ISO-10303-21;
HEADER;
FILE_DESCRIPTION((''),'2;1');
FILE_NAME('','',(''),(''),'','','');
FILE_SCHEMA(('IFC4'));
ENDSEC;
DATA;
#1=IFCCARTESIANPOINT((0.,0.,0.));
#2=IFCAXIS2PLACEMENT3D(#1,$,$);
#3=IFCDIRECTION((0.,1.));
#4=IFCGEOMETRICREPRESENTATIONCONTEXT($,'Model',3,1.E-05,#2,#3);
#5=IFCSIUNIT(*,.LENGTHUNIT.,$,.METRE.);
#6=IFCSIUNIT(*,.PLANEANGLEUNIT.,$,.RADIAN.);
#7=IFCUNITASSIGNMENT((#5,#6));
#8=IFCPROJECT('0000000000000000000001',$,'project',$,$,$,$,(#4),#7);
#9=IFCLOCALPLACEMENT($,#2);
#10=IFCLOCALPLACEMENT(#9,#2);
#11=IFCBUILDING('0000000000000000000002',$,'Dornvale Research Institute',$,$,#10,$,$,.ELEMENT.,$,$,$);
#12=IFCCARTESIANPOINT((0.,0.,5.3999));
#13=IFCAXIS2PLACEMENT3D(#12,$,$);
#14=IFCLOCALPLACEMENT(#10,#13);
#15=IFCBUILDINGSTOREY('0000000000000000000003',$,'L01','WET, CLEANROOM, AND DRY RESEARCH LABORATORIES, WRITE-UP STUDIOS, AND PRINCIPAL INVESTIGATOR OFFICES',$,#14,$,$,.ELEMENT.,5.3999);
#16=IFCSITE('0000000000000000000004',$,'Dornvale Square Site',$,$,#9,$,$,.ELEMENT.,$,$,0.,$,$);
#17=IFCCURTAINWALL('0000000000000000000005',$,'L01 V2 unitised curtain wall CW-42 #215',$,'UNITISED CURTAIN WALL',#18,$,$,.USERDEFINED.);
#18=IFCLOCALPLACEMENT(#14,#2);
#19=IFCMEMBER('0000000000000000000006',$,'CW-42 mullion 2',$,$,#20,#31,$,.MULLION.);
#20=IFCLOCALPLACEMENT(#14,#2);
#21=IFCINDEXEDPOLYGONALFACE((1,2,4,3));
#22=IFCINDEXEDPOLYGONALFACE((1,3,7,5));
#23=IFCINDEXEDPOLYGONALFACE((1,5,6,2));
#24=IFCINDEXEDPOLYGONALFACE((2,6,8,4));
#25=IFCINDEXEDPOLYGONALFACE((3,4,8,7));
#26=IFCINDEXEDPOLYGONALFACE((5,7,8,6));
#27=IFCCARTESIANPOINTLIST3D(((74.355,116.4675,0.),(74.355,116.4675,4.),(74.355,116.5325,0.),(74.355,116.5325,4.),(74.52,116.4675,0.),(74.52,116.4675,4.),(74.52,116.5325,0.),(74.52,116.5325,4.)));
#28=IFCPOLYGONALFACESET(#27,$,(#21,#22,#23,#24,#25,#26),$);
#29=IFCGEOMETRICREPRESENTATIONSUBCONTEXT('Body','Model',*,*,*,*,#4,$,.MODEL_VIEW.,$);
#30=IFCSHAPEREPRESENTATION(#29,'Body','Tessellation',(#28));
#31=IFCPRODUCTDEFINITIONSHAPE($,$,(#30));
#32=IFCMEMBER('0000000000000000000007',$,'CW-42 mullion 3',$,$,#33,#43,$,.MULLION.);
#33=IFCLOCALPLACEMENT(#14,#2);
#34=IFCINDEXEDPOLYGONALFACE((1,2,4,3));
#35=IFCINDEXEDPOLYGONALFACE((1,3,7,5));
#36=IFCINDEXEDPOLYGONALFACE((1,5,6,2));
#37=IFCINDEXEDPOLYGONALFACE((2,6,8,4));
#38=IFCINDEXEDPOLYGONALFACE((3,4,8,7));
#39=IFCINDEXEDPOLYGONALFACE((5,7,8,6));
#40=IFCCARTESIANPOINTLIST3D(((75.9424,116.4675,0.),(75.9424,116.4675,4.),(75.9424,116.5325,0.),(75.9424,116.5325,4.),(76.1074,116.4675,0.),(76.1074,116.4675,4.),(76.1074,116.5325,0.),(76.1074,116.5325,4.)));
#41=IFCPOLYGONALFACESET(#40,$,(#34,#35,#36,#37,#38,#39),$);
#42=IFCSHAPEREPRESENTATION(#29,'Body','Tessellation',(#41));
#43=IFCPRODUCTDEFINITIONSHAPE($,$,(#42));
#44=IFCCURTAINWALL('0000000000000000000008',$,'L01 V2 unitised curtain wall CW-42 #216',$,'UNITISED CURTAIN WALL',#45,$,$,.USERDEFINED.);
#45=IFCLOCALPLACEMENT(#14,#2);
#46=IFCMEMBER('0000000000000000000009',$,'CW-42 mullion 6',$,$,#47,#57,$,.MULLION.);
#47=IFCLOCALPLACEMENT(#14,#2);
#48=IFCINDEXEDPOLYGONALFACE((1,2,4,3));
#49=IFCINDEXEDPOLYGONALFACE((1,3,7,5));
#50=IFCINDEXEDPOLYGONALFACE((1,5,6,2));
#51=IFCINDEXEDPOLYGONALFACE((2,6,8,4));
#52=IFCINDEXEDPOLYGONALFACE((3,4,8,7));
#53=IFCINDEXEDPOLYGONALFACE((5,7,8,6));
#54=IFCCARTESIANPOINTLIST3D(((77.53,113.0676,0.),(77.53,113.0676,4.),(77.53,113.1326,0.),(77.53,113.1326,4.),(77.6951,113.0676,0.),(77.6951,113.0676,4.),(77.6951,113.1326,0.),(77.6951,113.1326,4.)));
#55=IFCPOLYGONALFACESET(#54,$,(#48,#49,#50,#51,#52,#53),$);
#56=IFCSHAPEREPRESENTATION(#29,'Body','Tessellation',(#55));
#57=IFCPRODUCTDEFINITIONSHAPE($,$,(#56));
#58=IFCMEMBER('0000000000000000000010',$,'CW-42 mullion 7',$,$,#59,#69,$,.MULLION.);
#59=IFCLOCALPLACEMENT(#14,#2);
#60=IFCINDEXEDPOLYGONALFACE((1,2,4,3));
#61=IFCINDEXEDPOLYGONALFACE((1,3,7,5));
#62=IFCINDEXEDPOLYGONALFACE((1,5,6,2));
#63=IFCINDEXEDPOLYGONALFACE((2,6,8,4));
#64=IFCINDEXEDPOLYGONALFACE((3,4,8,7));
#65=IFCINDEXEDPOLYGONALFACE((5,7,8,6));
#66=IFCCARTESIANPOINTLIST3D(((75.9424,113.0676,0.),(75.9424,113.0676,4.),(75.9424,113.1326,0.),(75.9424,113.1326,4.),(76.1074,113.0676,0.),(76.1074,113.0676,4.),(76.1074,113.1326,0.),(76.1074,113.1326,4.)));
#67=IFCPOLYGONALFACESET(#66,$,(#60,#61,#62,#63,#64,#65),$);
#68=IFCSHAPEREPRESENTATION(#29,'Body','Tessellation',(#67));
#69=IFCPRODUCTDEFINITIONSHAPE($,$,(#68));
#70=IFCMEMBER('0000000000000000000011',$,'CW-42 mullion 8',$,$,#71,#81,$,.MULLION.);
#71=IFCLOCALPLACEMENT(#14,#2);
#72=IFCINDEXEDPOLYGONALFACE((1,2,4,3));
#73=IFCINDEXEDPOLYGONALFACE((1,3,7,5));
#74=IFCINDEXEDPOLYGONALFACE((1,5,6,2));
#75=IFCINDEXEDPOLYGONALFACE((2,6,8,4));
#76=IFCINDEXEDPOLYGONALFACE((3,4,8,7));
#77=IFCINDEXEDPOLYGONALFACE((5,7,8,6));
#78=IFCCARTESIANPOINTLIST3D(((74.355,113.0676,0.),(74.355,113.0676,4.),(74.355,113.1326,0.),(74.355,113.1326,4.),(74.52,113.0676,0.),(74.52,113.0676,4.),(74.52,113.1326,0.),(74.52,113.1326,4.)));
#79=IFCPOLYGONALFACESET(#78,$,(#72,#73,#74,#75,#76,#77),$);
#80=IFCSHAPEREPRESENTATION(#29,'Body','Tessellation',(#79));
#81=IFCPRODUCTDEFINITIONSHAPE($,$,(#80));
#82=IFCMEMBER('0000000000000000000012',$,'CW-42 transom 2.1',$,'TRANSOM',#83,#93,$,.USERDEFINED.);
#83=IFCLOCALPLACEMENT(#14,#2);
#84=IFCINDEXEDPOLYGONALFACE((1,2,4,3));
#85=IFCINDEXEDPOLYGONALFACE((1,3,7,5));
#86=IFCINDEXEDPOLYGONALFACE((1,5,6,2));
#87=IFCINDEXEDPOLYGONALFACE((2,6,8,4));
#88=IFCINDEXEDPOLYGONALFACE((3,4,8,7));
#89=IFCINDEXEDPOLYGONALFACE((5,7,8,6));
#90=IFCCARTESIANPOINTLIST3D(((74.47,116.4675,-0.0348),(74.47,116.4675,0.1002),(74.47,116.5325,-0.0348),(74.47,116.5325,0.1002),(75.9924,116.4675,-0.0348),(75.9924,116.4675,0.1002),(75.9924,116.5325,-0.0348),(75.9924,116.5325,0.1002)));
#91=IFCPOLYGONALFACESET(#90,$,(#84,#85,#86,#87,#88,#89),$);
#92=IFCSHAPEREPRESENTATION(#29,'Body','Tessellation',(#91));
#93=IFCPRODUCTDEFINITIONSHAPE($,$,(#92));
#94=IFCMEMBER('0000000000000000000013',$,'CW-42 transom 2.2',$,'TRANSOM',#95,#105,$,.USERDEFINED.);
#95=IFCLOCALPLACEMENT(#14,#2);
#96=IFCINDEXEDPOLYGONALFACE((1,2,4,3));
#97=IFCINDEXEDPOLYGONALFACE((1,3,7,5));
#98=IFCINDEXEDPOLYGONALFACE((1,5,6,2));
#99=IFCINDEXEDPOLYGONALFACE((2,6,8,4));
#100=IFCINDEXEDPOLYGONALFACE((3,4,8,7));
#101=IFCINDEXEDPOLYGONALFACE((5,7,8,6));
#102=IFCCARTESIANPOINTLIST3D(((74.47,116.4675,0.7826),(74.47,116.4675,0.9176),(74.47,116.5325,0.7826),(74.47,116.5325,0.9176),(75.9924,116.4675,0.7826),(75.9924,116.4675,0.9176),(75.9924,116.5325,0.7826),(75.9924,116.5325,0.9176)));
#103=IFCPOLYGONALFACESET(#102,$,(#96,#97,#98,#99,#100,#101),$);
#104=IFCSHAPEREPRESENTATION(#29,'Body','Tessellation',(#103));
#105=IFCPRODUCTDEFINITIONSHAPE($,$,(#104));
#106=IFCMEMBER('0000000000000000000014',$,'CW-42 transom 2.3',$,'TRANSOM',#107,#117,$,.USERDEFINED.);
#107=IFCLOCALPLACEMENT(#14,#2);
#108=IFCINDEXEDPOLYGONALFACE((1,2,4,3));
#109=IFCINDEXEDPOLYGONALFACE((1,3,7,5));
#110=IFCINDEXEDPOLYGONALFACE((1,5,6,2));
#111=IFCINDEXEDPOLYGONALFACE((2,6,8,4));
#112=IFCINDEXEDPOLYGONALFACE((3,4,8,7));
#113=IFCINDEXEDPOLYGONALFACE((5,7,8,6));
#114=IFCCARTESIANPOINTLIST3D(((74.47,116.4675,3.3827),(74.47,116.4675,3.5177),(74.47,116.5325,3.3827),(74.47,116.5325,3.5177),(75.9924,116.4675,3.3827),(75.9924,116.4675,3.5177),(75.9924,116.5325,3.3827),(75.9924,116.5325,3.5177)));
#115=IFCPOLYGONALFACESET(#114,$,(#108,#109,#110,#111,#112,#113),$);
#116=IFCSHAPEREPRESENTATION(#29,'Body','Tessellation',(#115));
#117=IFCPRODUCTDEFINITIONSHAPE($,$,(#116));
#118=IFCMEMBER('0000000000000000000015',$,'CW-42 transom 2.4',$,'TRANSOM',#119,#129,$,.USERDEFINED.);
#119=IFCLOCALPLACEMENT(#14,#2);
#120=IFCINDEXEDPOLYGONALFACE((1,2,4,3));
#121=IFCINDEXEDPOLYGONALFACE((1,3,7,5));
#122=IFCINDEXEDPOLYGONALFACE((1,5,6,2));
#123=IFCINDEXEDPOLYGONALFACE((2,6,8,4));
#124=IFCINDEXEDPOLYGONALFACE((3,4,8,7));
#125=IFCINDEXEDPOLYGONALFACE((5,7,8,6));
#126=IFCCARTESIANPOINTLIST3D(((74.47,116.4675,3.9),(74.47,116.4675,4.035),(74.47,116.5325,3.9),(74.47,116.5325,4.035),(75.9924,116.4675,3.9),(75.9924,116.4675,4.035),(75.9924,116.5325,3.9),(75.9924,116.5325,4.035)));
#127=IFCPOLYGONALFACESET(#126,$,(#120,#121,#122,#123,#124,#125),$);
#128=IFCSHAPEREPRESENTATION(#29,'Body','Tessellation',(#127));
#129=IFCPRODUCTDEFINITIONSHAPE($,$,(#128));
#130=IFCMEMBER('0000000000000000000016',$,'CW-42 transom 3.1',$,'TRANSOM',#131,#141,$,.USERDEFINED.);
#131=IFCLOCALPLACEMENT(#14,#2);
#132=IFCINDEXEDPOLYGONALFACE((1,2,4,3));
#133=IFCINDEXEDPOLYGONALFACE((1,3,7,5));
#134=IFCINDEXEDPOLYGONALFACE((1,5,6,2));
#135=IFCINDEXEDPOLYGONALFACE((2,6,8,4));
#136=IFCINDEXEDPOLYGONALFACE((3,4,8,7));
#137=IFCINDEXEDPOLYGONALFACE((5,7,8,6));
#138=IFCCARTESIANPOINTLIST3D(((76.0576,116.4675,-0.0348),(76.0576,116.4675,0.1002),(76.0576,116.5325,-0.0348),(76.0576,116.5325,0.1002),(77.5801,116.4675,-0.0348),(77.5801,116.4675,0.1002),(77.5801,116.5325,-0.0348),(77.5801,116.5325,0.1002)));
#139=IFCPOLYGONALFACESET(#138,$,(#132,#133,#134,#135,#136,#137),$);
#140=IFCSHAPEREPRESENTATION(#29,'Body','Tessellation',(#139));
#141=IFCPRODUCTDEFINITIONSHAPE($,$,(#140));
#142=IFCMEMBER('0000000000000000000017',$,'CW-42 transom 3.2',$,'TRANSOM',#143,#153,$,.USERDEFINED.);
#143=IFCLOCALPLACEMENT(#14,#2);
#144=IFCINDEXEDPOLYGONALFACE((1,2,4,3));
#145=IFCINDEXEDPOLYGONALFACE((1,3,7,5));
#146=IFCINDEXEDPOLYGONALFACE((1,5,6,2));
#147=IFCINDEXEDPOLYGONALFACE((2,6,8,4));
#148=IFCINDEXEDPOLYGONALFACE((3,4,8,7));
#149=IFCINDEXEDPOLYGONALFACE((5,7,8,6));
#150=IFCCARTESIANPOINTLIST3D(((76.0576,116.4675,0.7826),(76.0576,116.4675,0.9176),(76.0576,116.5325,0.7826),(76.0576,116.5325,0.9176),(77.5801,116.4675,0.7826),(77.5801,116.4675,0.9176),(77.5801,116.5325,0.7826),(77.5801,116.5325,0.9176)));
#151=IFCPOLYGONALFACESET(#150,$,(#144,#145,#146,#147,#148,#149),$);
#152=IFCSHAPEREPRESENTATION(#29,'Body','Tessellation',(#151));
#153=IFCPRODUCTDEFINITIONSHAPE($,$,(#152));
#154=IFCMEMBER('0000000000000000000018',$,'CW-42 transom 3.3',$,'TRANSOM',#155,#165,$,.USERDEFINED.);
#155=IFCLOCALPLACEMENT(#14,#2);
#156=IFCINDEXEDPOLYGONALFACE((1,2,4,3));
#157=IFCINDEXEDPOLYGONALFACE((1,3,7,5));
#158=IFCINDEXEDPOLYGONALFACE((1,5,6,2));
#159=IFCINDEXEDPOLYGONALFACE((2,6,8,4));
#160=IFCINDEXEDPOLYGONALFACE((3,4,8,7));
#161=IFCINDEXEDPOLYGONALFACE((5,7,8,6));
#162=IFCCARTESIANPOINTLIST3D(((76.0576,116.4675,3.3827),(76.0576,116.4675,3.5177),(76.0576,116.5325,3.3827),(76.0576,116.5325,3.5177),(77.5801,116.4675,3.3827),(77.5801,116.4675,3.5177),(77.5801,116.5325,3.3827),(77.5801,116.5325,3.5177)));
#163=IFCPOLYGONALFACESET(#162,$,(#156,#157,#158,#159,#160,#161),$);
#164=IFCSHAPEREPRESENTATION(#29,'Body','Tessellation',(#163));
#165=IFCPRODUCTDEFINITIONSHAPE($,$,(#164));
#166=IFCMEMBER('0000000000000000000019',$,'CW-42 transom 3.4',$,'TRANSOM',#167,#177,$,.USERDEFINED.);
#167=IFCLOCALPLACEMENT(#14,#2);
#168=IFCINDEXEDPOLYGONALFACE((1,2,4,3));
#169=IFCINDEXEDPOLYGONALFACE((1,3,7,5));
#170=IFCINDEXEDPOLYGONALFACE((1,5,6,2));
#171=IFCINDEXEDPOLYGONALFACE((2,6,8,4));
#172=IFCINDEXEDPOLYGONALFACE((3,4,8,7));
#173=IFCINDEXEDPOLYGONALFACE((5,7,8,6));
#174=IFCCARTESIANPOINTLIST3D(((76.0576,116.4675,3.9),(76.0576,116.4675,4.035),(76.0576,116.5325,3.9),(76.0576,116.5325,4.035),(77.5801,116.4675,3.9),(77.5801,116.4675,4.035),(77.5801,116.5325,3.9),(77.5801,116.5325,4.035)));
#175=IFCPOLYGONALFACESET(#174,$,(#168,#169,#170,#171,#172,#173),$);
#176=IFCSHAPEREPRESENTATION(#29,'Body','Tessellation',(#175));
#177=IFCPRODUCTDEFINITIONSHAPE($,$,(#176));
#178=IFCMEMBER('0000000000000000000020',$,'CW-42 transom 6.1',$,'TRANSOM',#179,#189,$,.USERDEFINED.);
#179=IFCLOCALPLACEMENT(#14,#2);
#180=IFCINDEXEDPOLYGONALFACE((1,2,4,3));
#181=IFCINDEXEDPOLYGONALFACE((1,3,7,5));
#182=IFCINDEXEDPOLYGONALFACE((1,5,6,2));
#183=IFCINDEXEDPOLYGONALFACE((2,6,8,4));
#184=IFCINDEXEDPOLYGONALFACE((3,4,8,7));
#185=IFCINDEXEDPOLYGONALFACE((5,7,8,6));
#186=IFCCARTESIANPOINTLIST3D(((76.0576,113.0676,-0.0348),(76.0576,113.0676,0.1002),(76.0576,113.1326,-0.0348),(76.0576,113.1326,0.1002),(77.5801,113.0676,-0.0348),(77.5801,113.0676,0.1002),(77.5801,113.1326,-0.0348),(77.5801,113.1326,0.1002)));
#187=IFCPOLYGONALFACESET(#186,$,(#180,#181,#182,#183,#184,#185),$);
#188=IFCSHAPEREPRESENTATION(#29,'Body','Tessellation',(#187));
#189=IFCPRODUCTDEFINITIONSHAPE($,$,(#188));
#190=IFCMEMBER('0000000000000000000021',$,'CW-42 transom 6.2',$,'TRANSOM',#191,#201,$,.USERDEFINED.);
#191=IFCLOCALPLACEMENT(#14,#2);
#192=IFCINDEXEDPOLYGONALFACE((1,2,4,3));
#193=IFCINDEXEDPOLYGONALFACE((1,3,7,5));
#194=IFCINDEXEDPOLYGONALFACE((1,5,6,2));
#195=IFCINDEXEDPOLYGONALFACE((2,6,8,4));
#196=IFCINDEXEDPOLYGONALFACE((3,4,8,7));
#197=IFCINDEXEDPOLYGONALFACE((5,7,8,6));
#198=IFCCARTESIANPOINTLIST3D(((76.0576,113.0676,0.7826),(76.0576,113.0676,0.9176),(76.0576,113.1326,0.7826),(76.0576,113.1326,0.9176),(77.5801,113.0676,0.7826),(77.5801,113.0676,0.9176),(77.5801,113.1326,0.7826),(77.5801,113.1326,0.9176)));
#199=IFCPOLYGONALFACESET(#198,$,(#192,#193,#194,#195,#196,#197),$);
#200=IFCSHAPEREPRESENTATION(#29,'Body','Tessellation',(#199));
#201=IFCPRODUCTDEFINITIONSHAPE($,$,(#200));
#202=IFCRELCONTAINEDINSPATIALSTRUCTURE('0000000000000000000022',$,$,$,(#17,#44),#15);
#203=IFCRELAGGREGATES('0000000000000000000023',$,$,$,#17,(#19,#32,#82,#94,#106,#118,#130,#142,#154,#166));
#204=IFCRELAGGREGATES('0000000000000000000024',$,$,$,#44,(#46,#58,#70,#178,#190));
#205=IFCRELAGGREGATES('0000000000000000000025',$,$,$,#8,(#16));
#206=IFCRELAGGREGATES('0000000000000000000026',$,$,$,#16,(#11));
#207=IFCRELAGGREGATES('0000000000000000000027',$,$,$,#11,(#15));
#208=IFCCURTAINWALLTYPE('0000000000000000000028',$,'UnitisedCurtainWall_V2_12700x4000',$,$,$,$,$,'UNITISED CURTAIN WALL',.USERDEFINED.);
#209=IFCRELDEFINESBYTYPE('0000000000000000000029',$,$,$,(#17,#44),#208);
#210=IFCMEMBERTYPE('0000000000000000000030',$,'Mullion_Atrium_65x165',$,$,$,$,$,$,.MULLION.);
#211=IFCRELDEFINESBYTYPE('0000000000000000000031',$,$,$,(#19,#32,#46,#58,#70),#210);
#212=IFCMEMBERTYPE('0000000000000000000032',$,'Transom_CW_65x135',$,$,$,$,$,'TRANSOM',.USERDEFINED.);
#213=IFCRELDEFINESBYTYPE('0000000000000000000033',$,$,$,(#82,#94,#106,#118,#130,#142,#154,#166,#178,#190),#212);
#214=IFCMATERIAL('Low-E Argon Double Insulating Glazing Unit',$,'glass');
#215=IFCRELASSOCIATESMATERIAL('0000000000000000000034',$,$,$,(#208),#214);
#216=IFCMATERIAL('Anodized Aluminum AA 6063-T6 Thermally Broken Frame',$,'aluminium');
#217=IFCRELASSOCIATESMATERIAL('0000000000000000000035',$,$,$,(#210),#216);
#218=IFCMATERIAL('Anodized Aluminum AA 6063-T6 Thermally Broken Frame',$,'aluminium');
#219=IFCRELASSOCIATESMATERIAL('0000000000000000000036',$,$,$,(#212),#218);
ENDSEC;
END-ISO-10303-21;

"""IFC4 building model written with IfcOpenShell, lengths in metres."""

from ifc_helpers import new_model, si_unit, direction, frame, origin, origin_2d, place, context, subcontext, project, spatial, rectangle, extrude, material, material_profile, profile_set, type_object, element, aggregate, save


model = new_model("IFC4")

# Units and contexts
model_context = context("Model", 3, precision=1e-05, world=origin(), true_north=direction((0.0, 1.0)))
body_context = subcontext(model_context, "Body", "Model", "MODEL_VIEW")
ifc_project = project(units=[si_unit("LENGTHUNIT", "METRE"), si_unit("PLANEANGLEUNIT", "RADIAN")], contexts=[model_context])

# Site, building, storey
site_placement = place(None, origin())
site = spatial("IfcSite", under=ifc_project, at=site_placement, Name="Dornvale Square Site", CompositionType="ELEMENT", RefElevation=0.0)
building_placement = place(site_placement, origin())
building = spatial("IfcBuilding", under=site, at=building_placement, Name="Dornvale Research Institute", CompositionType="ELEMENT")
storey_placement = place(building_placement, frame((0.0, 0.0, 5.3999)))
storey = spatial("IfcBuildingStorey", under=building, at=storey_placement, Name="L01", Description="WET, CLEANROOM, AND DRY RESEARCH LABORATORIES, WRITE-UP STUDIOS, AND PRINCIPAL INVESTIGATOR OFFICES", CompositionType="ELEMENT", Elevation=5.3999)

# Curtain walls, members
ifc_material_1 = material(Name="Low-E Argon Double Insulating Glazing Unit", Category="glass")
curtain_wall_type = type_object("IfcCurtainWallType", Name="UnitisedCurtainWall_V2_12700x4000", ElementType="UNITISED CURTAIN WALL", PredefinedType="USERDEFINED", material=ifc_material_1)
curtain_wall_1_placement = place(storey_placement, origin())
curtain_wall_1 = element("IfcCurtainWall", 1, at=curtain_wall_1_placement, inside=storey, type_object=curtain_wall_type, Name="L01 V2 unitised curtain wall CW-42 #215", ObjectType="UNITISED CURTAIN WALL", PredefinedType="USERDEFINED")
ifc_material_2 = material(Name="Anodized Aluminum AA 6063-T6 Thermally Broken Frame", Category="aluminium")
ifc_material_profile_1 = material_profile(ifc_material_2, rectangle(XDim=0.0649, YDim=0.165, at=origin_2d()), Name="ALU MULLION 65x165")
ifc_profile_set_1 = profile_set([ifc_material_profile_1], Name="Anodized Aluminum AA 6063-T6 Thermally Broken Frame")
member_type_1 = type_object("IfcMemberType", Name="Mullion_Atrium_65x165", PredefinedType="MULLION", material=ifc_profile_set_1)
member_1_placement = place(storey_placement, frame((74.4375, 116.5, 0.0), z_axis=(0.0, 0.0, 1.0), x_axis=(0.0, 1.0, 0.0)))
member_1 = element("IfcMember", 2, at=member_1_placement, type_object=member_type_1, Name="CW-42 mullion 2", PredefinedType="MULLION", context=body_context, shape_type="SweptSolid", body=[
    extrude(rectangle(XDim=0.0649, YDim=0.165, at=origin_2d()), origin(), (0.0, 0.0, 1.0), 4.0),
])
member_2_placement = place(storey_placement, frame((76.0249, 116.5, 0.0), z_axis=(0.0, 0.0, 1.0), x_axis=(0.0, 1.0, 0.0)))
member_2 = element("IfcMember", 3, at=member_2_placement, type_object=member_type_1, Name="CW-42 mullion 3", PredefinedType="MULLION", context=body_context, shape_type="SweptSolid", body=[
    extrude(rectangle(XDim=0.0649, YDim=0.165, at=origin_2d()), origin(), (0.0, 0.0, 1.0), 4.0),
])
curtain_wall_2_placement = place(storey_placement, origin())
curtain_wall_2 = element("IfcCurtainWall", 4, at=curtain_wall_2_placement, inside=storey, type_object=curtain_wall_type, Name="L01 V2 unitised curtain wall CW-42 #216", ObjectType="UNITISED CURTAIN WALL", PredefinedType="USERDEFINED")
member_3_placement = place(storey_placement, frame((77.6125, 113.1001, 0.0), z_axis=(0.0, 0.0, 1.0), x_axis=(0.0, -1.0, 0.0)))
member_3 = element("IfcMember", 5, at=member_3_placement, type_object=member_type_1, Name="CW-42 mullion 6", PredefinedType="MULLION", context=body_context, shape_type="SweptSolid", body=[
    extrude(rectangle(XDim=0.0649, YDim=0.165, at=origin_2d()), origin(), (0.0, 0.0, 1.0), 4.0),
])
member_4_placement = place(storey_placement, frame((76.0249, 113.1001, 0.0), z_axis=(0.0, 0.0, 1.0), x_axis=(0.0, -1.0, 0.0)))
member_4 = element("IfcMember", 6, at=member_4_placement, type_object=member_type_1, Name="CW-42 mullion 7", PredefinedType="MULLION", context=body_context, shape_type="SweptSolid", body=[
    extrude(rectangle(XDim=0.0649, YDim=0.165, at=origin_2d()), origin(), (0.0, 0.0, 1.0), 4.0),
])
member_5_placement = place(storey_placement, frame((74.4375, 113.1001, 0.0), z_axis=(0.0, 0.0, 1.0), x_axis=(0.0, -1.0, 0.0)))
member_5 = element("IfcMember", 7, at=member_5_placement, type_object=member_type_1, Name="CW-42 mullion 8", PredefinedType="MULLION", context=body_context, shape_type="SweptSolid", body=[
    extrude(rectangle(XDim=0.0649, YDim=0.165, at=origin_2d()), origin(), (0.0, 0.0, 1.0), 4.0),
])

# Members
ifc_material_3 = material(Name="Anodized Aluminum AA 6063-T6 Thermally Broken Frame", Category="aluminium")
ifc_material_profile_2 = material_profile(ifc_material_3, rectangle(XDim=0.0649, YDim=0.135, at=origin_2d()), Name="ALU TRANSOM 65x135")
ifc_profile_set_2 = profile_set([ifc_material_profile_2], Name="Anodized Aluminum AA 6063-T6 Thermally Broken Frame")
member_type_2 = type_object("IfcMemberType", Name="Transom_CW_65x135", ElementType="TRANSOM", PredefinedType="USERDEFINED", material=ifc_profile_set_2)
member_6_placement = place(storey_placement, frame((74.47, 116.5, 0.0327), z_axis=(1.0, 0.0, 0.0), x_axis=(0.0, 1.0, 0.0)))
member_6 = element("IfcMember", 8, at=member_6_placement, type_object=member_type_2, Name="CW-42 transom 2.1", ObjectType="TRANSOM", PredefinedType="USERDEFINED", context=body_context, shape_type="SweptSolid", body=[
    extrude(rectangle(XDim=0.0649, YDim=0.135, at=origin_2d()), origin(), (0.0, 0.0, 1.0), 1.5225),
])
member_7_placement = place(storey_placement, frame((74.47, 116.5, 0.8501), z_axis=(1.0, 0.0, 0.0), x_axis=(0.0, 1.0, 0.0)))
member_7 = element("IfcMember", 9, at=member_7_placement, type_object=member_type_2, Name="CW-42 transom 2.2", ObjectType="TRANSOM", PredefinedType="USERDEFINED", context=body_context, shape_type="SweptSolid", body=[
    extrude(rectangle(XDim=0.0649, YDim=0.135, at=origin_2d()), origin(), (0.0, 0.0, 1.0), 1.5225),
])
member_8_placement = place(storey_placement, frame((74.47, 116.5, 3.4502), z_axis=(1.0, 0.0, 0.0), x_axis=(0.0, 1.0, 0.0)))
member_8 = element("IfcMember", 10, at=member_8_placement, type_object=member_type_2, Name="CW-42 transom 2.3", ObjectType="TRANSOM", PredefinedType="USERDEFINED", context=body_context, shape_type="SweptSolid", body=[
    extrude(rectangle(XDim=0.0649, YDim=0.135, at=origin_2d()), origin(), (0.0, 0.0, 1.0), 1.5225),
])
member_9_placement = place(storey_placement, frame((74.47, 116.5, 3.9675), z_axis=(1.0, 0.0, 0.0), x_axis=(0.0, 1.0, 0.0)))
member_9 = element("IfcMember", 11, at=member_9_placement, type_object=member_type_2, Name="CW-42 transom 2.4", ObjectType="TRANSOM", PredefinedType="USERDEFINED", context=body_context, shape_type="SweptSolid", body=[
    extrude(rectangle(XDim=0.0649, YDim=0.135, at=origin_2d()), origin(), (0.0, 0.0, 1.0), 1.5225),
])
member_10_placement = place(storey_placement, frame((76.0576, 116.5, 0.0327), z_axis=(1.0, 0.0, 0.0), x_axis=(0.0, 1.0, 0.0)))
member_10 = element("IfcMember", 12, at=member_10_placement, type_object=member_type_2, Name="CW-42 transom 3.1", ObjectType="TRANSOM", PredefinedType="USERDEFINED", context=body_context, shape_type="SweptSolid", body=[
    extrude(rectangle(XDim=0.0649, YDim=0.135, at=origin_2d()), origin(), (0.0, 0.0, 1.0), 1.5225),
])
member_11_placement = place(storey_placement, frame((76.0576, 116.5, 0.8501), z_axis=(1.0, 0.0, 0.0), x_axis=(0.0, 1.0, 0.0)))
member_11 = element("IfcMember", 13, at=member_11_placement, type_object=member_type_2, Name="CW-42 transom 3.2", ObjectType="TRANSOM", PredefinedType="USERDEFINED", context=body_context, shape_type="SweptSolid", body=[
    extrude(rectangle(XDim=0.0649, YDim=0.135, at=origin_2d()), origin(), (0.0, 0.0, 1.0), 1.5225),
])
member_12_placement = place(storey_placement, frame((76.0576, 116.5, 3.4502), z_axis=(1.0, 0.0, 0.0), x_axis=(0.0, 1.0, 0.0)))
member_12 = element("IfcMember", 14, at=member_12_placement, type_object=member_type_2, Name="CW-42 transom 3.3", ObjectType="TRANSOM", PredefinedType="USERDEFINED", context=body_context, shape_type="SweptSolid", body=[
    extrude(rectangle(XDim=0.0649, YDim=0.135, at=origin_2d()), origin(), (0.0, 0.0, 1.0), 1.5225),
])
member_13_placement = place(storey_placement, frame((76.0576, 116.5, 3.9675), z_axis=(1.0, 0.0, 0.0), x_axis=(0.0, 1.0, 0.0)))
member_13 = element("IfcMember", 15, at=member_13_placement, type_object=member_type_2, Name="CW-42 transom 3.4", ObjectType="TRANSOM", PredefinedType="USERDEFINED", context=body_context, shape_type="SweptSolid", body=[
    extrude(rectangle(XDim=0.0649, YDim=0.135, at=origin_2d()), origin(), (0.0, 0.0, 1.0), 1.5225),
])
member_14_placement = place(storey_placement, frame((77.5801, 113.1001, 0.0327), z_axis=(-1.0, 0.0, 0.0), x_axis=(0.0, -1.0, 0.0)))
member_14 = element("IfcMember", 16, at=member_14_placement, type_object=member_type_2, Name="CW-42 transom 6.1", ObjectType="TRANSOM", PredefinedType="USERDEFINED", context=body_context, shape_type="SweptSolid", body=[
    extrude(rectangle(XDim=0.0649, YDim=0.135, at=origin_2d()), origin(), (0.0, 0.0, 1.0), 1.5225),
])
member_15_placement = place(storey_placement, frame((77.5801, 113.1001, 0.8501), z_axis=(-1.0, 0.0, 0.0), x_axis=(0.0, -1.0, 0.0)))
member_15 = element("IfcMember", 17, at=member_15_placement, type_object=member_type_2, Name="CW-42 transom 6.2", ObjectType="TRANSOM", PredefinedType="USERDEFINED", context=body_context, shape_type="SweptSolid", body=[
    extrude(rectangle(XDim=0.0649, YDim=0.135, at=origin_2d()), origin(), (0.0, 0.0, 1.0), 1.5225),
])

aggregate(curtain_wall_1, [member_1, member_2, member_6, member_7, member_8, member_9, member_10, member_11, member_12, member_13])
aggregate(curtain_wall_2, [member_3, member_4, member_5, member_14, member_15])

save(model, "model.ifc")
